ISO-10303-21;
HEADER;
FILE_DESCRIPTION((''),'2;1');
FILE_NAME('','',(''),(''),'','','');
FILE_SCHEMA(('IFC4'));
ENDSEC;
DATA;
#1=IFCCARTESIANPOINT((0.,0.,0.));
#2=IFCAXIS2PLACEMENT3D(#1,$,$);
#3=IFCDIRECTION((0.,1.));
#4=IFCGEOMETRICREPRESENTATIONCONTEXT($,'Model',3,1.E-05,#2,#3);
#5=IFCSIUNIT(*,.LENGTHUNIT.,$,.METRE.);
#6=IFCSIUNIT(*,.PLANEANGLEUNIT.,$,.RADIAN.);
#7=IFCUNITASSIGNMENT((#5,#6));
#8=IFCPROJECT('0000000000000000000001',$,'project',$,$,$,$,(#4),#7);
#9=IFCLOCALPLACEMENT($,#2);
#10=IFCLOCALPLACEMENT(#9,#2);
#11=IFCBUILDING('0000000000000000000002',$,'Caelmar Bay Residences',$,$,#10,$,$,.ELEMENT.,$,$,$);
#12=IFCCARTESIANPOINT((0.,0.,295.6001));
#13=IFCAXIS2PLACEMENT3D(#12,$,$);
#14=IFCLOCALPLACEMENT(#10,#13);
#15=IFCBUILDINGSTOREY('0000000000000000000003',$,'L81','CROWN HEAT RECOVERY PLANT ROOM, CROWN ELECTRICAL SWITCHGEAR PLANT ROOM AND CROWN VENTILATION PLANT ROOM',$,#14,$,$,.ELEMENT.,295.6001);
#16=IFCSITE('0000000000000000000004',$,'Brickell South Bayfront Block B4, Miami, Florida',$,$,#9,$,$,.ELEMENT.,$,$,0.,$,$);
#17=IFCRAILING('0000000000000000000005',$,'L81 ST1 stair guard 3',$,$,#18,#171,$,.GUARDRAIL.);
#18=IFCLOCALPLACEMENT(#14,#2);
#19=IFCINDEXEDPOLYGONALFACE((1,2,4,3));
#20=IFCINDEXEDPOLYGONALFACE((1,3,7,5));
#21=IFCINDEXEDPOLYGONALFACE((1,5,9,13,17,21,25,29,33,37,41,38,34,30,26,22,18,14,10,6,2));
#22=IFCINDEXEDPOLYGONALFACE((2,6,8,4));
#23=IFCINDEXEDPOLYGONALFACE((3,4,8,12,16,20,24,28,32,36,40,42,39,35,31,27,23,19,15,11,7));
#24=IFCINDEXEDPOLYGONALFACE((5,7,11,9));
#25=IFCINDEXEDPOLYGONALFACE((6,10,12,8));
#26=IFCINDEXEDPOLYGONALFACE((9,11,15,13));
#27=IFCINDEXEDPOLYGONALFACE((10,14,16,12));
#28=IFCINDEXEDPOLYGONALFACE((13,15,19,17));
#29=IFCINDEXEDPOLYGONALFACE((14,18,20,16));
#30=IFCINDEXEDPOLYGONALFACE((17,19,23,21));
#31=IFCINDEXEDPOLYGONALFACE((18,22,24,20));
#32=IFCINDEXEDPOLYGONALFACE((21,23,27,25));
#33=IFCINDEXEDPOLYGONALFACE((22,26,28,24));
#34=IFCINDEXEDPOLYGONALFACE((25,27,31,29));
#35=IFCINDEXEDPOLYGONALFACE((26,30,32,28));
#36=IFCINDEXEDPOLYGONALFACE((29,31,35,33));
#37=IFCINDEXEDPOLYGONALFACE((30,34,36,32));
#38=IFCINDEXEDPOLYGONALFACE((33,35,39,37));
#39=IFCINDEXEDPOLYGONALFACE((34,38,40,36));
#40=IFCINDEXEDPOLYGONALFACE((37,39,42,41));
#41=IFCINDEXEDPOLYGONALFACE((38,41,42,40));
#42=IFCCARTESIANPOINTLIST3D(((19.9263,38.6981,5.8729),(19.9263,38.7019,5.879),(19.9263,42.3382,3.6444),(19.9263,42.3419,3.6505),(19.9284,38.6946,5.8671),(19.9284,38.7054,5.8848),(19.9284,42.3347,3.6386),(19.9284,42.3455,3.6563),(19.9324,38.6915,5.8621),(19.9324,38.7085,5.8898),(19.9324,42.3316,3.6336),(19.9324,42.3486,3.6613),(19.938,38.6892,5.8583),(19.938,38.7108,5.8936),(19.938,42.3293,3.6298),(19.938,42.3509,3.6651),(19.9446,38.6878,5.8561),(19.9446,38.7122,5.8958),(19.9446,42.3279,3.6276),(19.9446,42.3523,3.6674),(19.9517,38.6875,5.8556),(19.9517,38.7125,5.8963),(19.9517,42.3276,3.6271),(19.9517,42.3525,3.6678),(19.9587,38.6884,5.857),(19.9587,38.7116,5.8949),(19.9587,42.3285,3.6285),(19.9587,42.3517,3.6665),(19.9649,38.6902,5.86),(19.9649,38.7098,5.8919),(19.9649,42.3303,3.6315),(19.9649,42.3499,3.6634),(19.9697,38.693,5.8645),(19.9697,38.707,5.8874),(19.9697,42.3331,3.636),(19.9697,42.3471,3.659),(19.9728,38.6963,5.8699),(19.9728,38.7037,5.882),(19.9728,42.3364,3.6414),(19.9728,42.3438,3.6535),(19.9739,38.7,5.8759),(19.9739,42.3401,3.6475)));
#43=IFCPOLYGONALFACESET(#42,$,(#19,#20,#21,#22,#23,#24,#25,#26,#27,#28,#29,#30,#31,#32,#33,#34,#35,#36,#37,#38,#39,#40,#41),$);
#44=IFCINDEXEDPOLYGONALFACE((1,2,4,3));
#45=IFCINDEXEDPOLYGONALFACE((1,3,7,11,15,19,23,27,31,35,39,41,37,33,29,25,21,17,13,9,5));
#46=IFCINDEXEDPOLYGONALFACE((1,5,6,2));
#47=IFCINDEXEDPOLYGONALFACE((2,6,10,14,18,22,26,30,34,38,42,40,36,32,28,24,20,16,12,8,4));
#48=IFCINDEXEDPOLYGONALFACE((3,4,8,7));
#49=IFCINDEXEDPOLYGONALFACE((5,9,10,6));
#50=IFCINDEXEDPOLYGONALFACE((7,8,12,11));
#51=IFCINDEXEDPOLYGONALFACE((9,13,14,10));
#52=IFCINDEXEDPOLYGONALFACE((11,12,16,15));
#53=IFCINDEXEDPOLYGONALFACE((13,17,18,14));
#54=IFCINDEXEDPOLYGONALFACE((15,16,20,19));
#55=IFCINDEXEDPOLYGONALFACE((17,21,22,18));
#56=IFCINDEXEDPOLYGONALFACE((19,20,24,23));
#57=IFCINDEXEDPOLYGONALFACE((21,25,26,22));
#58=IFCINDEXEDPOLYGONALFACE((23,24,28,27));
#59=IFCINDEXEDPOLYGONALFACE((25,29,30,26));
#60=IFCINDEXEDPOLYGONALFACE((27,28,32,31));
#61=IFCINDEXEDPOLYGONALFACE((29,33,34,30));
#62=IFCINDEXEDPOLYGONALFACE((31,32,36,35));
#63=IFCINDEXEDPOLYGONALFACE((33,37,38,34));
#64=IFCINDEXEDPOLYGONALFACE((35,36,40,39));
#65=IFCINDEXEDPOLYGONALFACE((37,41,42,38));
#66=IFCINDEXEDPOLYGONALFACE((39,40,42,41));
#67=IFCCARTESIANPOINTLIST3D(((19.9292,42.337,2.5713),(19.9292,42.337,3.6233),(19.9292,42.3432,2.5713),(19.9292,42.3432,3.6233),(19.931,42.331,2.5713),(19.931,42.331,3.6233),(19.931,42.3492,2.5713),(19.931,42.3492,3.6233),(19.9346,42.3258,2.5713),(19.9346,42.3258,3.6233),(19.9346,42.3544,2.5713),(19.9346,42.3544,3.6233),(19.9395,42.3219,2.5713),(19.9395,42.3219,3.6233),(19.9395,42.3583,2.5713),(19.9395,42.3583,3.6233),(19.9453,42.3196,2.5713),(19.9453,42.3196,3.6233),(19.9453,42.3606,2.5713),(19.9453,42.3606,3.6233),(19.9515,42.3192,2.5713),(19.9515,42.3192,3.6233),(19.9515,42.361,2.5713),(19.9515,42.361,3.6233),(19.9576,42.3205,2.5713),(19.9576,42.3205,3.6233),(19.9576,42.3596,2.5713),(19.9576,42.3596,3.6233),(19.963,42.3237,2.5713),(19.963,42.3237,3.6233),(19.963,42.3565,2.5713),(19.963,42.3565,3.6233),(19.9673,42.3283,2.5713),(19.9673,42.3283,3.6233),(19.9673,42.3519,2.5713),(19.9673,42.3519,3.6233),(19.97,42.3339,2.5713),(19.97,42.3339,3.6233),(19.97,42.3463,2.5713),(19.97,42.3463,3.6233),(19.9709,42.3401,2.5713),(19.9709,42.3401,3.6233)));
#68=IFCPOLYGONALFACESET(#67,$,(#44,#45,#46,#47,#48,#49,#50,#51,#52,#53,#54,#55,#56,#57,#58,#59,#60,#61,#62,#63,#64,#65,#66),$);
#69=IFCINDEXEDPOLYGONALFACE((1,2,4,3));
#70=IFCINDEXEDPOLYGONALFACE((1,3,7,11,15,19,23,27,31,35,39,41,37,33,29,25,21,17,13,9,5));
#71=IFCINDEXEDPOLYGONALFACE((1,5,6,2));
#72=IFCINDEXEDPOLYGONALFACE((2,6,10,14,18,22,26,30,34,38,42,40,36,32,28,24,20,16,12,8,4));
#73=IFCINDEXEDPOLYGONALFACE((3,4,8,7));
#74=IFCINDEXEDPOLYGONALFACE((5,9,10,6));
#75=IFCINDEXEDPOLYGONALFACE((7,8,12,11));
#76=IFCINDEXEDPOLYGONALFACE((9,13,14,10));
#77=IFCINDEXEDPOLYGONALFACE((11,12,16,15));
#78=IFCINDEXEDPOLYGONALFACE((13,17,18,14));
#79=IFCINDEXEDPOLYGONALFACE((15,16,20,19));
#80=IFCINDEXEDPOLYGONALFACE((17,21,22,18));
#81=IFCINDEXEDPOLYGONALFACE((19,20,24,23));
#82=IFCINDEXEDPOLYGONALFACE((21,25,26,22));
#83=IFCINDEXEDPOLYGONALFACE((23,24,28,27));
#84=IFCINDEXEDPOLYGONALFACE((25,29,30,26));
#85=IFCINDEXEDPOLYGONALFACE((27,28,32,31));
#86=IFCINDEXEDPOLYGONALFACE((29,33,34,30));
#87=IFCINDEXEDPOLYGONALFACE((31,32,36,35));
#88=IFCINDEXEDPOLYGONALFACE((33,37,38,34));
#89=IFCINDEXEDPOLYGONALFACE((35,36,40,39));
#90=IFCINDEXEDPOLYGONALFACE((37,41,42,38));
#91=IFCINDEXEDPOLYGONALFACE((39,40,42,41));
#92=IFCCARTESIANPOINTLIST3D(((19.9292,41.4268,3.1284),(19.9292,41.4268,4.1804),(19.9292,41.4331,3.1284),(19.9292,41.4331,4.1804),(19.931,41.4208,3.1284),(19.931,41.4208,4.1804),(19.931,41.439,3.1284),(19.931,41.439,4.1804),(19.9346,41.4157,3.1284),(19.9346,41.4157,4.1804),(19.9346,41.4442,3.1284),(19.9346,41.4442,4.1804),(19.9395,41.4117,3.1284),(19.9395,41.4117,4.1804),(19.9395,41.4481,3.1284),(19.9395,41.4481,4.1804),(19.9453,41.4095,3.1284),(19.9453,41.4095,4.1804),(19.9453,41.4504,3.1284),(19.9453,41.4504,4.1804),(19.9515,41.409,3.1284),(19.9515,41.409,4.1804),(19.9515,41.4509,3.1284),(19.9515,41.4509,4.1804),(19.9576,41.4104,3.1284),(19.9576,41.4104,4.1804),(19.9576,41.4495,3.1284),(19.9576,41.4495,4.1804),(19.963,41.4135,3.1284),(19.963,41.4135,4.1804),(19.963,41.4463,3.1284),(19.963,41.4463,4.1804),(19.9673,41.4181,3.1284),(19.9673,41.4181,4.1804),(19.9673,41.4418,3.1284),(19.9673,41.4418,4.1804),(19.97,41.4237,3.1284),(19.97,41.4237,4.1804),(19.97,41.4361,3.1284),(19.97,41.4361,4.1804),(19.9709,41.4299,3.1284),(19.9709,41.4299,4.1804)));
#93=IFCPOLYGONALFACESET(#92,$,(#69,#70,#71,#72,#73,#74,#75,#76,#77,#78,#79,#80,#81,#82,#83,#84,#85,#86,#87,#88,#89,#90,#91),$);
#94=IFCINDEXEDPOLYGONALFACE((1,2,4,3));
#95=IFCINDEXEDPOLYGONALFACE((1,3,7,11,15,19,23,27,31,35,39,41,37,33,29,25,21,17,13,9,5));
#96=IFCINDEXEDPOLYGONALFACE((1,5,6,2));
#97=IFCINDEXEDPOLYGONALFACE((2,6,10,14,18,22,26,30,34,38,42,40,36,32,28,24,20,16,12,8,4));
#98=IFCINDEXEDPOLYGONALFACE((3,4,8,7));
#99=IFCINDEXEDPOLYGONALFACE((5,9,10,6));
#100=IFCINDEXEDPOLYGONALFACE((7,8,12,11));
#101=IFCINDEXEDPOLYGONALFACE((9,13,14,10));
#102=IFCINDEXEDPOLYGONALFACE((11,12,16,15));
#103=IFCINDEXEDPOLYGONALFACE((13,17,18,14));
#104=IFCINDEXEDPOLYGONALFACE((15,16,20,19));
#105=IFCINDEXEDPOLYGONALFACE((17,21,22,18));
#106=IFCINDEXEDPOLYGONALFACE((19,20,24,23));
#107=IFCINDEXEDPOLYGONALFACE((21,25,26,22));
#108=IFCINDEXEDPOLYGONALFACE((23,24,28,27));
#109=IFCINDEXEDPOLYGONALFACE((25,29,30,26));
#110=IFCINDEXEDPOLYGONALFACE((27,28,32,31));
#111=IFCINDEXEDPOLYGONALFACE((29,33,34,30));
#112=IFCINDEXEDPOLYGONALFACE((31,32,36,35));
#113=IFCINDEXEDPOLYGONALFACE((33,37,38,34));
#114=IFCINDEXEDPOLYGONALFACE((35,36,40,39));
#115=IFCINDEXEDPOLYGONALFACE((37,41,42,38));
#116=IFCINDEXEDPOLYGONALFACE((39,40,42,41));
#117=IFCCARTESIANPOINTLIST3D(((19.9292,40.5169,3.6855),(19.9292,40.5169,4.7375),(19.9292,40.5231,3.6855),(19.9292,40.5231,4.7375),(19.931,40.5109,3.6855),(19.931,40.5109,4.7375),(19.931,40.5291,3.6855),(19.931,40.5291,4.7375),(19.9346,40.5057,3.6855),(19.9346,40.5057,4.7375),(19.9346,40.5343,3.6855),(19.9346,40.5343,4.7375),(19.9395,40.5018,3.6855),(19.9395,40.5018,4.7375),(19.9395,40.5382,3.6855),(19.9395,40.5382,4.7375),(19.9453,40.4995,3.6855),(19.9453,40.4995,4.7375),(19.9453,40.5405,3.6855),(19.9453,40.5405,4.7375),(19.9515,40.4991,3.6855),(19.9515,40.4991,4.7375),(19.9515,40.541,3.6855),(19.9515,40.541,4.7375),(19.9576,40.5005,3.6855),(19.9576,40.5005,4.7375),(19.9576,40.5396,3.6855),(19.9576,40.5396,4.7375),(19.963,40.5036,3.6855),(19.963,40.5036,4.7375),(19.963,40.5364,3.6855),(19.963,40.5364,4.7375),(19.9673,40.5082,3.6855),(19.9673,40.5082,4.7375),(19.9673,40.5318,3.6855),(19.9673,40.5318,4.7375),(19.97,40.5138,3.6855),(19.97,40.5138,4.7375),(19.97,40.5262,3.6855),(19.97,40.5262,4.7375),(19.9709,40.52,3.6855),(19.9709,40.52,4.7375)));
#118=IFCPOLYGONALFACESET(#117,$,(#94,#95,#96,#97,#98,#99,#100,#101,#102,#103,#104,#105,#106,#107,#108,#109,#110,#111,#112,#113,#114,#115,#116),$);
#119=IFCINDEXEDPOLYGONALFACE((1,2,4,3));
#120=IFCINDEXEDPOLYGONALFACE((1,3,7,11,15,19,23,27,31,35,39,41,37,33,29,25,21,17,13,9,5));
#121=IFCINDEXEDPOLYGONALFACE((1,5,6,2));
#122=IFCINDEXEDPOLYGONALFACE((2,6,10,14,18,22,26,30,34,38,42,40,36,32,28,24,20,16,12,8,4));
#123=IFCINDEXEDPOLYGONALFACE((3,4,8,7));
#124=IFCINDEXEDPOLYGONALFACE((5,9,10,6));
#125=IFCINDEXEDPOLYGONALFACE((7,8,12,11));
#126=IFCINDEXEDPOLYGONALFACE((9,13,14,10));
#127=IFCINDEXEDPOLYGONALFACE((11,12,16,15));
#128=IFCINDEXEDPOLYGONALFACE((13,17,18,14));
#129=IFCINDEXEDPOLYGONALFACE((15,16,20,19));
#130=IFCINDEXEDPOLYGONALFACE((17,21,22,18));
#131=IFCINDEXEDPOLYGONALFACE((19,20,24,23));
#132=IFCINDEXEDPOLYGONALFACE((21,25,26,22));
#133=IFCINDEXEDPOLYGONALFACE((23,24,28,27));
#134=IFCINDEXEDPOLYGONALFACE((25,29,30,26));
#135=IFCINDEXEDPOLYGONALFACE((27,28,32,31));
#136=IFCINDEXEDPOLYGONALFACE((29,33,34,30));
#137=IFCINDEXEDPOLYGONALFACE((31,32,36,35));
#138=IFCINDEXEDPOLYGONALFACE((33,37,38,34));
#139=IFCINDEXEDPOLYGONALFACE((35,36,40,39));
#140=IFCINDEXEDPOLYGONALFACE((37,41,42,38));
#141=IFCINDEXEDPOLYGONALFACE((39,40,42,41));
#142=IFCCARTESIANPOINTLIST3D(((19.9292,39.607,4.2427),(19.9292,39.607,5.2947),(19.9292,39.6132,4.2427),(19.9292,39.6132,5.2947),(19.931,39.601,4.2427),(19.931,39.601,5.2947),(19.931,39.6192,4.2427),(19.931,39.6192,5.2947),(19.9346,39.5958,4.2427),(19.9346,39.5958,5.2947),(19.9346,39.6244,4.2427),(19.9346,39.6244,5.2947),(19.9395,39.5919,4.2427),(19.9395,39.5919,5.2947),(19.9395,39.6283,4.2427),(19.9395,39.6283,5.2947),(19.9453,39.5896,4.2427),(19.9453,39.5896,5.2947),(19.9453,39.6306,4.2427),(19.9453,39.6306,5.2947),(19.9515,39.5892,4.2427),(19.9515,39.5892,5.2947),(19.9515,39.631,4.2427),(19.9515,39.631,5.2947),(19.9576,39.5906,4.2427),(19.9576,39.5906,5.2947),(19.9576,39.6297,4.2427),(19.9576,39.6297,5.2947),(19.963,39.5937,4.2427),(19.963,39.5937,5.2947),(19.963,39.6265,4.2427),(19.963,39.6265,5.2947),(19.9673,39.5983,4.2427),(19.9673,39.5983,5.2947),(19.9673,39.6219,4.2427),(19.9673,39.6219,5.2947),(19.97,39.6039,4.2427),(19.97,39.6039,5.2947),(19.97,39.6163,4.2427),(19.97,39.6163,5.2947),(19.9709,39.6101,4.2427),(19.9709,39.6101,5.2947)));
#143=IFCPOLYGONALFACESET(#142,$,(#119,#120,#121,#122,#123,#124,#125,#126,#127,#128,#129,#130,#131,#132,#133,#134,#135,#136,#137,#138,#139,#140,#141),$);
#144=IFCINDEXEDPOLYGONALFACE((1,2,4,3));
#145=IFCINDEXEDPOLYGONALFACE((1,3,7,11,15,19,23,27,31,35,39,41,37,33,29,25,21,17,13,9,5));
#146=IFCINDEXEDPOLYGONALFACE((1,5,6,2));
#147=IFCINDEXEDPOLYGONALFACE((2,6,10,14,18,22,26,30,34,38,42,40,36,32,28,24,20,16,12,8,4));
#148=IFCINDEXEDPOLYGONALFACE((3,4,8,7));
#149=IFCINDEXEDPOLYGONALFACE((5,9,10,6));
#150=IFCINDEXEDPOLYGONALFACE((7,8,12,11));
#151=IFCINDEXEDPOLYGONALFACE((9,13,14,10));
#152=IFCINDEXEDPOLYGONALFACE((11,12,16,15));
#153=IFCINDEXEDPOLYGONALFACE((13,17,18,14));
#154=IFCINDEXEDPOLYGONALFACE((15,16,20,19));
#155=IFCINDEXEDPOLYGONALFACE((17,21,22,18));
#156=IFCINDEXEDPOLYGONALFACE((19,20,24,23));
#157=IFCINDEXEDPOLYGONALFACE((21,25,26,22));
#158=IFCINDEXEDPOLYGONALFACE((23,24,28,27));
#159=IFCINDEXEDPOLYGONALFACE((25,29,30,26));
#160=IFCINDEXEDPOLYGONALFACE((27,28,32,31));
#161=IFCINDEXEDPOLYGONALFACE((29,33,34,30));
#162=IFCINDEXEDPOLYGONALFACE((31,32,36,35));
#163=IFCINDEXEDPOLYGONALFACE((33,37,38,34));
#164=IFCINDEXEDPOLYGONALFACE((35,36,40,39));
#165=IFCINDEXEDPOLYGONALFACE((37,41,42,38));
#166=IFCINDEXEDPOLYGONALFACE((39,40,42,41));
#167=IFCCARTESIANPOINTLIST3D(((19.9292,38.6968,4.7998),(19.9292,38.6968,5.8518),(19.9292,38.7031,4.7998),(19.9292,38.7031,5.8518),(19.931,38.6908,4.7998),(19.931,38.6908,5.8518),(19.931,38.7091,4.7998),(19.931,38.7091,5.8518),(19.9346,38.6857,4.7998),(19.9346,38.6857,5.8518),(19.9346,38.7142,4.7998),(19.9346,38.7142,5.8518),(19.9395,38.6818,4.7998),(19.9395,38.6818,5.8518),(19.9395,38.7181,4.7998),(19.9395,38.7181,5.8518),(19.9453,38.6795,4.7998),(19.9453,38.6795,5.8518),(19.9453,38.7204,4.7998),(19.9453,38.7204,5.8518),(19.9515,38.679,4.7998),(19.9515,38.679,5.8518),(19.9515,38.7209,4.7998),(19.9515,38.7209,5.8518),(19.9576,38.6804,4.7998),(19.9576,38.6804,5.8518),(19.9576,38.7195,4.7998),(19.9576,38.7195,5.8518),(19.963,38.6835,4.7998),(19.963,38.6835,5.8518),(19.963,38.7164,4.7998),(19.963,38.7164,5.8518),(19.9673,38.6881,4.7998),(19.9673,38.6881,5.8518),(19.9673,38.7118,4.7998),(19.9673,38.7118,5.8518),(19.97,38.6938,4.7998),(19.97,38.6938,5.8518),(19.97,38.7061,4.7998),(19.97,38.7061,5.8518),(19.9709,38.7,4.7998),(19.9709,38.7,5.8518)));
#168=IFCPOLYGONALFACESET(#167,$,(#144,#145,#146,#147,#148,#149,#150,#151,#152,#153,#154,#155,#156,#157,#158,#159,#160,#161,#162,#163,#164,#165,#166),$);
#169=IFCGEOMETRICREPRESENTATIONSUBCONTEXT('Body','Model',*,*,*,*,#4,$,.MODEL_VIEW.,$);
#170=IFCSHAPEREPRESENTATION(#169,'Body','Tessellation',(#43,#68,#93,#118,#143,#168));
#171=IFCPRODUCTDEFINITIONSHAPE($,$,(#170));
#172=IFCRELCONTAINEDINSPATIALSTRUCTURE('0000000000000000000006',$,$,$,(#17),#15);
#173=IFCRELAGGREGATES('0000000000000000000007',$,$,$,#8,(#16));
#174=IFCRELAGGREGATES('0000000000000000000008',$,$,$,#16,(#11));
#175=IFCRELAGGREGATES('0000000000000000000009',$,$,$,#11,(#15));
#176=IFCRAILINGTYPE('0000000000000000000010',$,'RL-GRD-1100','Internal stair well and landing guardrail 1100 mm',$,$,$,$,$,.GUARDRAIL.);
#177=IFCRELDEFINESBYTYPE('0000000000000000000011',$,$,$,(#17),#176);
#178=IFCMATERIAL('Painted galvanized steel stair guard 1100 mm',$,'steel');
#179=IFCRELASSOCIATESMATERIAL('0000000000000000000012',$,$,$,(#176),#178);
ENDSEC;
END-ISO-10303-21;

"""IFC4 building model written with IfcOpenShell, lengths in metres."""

from ifc_helpers import new_model, si_unit, direction, frame, origin, origin_2d, place, context, subcontext, project, spatial, circle, extrude, material, type_object, element, save


model = new_model("IFC4")

# Units and contexts
model_context = context("Model", 3, precision=1e-05, world=origin(), true_north=direction((0.0, 1.0)))
body_context = subcontext(model_context, "Body", "Model", "MODEL_VIEW")
ifc_project = project(units=[si_unit("LENGTHUNIT", "METRE"), si_unit("PLANEANGLEUNIT", "RADIAN")], contexts=[model_context])

# Site, building, storey
site_placement = place(None, origin())
site = spatial("IfcSite", under=ifc_project, at=site_placement, Name="Brickell South Bayfront Block B4, Miami, Florida", CompositionType="ELEMENT", RefElevation=0.0)
building_placement = place(site_placement, origin())
building = spatial("IfcBuilding", under=site, at=building_placement, Name="Caelmar Bay Residences", CompositionType="ELEMENT")
storey_placement = place(building_placement, frame((0.0, 0.0, 295.6001)))
storey = spatial("IfcBuildingStorey", under=building, at=storey_placement, Name="L81", Description="CROWN HEAT RECOVERY PLANT ROOM, CROWN ELECTRICAL SWITCHGEAR PLANT ROOM AND CROWN VENTILATION PLANT ROOM", CompositionType="ELEMENT", Elevation=295.6001)

# Railing
ifc_material_1 = material(Name="Painted galvanized steel stair guard 1100 mm", Category="steel")
railing_type_1 = type_object("IfcRailingType", Name="RL-GRD-1100", Description="Internal stair well and landing guardrail 1100 mm", PredefinedType="GUARDRAIL", material=ifc_material_1)
railing_1_placement = place(storey_placement, frame((19.95, 42.3401, 2.5713)))
element("IfcRailing", 1, at=railing_1_placement, inside=storey, type_object=railing_type_1, Name="L81 ST1 stair guard 3", PredefinedType="GUARDRAIL", context=body_context, shape_type="SweptSolid", body=[
    extrude(circle(Radius=0.0239, at=origin_2d()), frame((0.0, 0.0, 1.0762), z_axis=(0.0, -0.852866, 0.52213), x_axis=(1.0, 0.0, 0.0)), (0.0, 0.0, 1.0), 4.2681),
    extrude(circle(Radius=0.021, at=origin_2d()), origin(), (0.0, 0.0, 1.0), 1.052),
    extrude(circle(Radius=0.021, at=origin_2d()), frame((0.0, -0.9102, 0.5571)), (0.0, 0.0, 1.0), 1.052),
    extrude(circle(Radius=0.021, at=origin_2d()), frame((0.0, -1.8201, 1.1143)), (0.0, 0.0, 1.0), 1.052),
    extrude(circle(Radius=0.021, at=origin_2d()), frame((0.0, -2.73, 1.6714)), (0.0, 0.0, 1.0), 1.052),
    extrude(circle(Radius=0.021, at=origin_2d()), frame((0.0, -3.6401, 2.2285)), (0.0, 0.0, 1.0), 1.052),
])

save(model, "model.ifc")
